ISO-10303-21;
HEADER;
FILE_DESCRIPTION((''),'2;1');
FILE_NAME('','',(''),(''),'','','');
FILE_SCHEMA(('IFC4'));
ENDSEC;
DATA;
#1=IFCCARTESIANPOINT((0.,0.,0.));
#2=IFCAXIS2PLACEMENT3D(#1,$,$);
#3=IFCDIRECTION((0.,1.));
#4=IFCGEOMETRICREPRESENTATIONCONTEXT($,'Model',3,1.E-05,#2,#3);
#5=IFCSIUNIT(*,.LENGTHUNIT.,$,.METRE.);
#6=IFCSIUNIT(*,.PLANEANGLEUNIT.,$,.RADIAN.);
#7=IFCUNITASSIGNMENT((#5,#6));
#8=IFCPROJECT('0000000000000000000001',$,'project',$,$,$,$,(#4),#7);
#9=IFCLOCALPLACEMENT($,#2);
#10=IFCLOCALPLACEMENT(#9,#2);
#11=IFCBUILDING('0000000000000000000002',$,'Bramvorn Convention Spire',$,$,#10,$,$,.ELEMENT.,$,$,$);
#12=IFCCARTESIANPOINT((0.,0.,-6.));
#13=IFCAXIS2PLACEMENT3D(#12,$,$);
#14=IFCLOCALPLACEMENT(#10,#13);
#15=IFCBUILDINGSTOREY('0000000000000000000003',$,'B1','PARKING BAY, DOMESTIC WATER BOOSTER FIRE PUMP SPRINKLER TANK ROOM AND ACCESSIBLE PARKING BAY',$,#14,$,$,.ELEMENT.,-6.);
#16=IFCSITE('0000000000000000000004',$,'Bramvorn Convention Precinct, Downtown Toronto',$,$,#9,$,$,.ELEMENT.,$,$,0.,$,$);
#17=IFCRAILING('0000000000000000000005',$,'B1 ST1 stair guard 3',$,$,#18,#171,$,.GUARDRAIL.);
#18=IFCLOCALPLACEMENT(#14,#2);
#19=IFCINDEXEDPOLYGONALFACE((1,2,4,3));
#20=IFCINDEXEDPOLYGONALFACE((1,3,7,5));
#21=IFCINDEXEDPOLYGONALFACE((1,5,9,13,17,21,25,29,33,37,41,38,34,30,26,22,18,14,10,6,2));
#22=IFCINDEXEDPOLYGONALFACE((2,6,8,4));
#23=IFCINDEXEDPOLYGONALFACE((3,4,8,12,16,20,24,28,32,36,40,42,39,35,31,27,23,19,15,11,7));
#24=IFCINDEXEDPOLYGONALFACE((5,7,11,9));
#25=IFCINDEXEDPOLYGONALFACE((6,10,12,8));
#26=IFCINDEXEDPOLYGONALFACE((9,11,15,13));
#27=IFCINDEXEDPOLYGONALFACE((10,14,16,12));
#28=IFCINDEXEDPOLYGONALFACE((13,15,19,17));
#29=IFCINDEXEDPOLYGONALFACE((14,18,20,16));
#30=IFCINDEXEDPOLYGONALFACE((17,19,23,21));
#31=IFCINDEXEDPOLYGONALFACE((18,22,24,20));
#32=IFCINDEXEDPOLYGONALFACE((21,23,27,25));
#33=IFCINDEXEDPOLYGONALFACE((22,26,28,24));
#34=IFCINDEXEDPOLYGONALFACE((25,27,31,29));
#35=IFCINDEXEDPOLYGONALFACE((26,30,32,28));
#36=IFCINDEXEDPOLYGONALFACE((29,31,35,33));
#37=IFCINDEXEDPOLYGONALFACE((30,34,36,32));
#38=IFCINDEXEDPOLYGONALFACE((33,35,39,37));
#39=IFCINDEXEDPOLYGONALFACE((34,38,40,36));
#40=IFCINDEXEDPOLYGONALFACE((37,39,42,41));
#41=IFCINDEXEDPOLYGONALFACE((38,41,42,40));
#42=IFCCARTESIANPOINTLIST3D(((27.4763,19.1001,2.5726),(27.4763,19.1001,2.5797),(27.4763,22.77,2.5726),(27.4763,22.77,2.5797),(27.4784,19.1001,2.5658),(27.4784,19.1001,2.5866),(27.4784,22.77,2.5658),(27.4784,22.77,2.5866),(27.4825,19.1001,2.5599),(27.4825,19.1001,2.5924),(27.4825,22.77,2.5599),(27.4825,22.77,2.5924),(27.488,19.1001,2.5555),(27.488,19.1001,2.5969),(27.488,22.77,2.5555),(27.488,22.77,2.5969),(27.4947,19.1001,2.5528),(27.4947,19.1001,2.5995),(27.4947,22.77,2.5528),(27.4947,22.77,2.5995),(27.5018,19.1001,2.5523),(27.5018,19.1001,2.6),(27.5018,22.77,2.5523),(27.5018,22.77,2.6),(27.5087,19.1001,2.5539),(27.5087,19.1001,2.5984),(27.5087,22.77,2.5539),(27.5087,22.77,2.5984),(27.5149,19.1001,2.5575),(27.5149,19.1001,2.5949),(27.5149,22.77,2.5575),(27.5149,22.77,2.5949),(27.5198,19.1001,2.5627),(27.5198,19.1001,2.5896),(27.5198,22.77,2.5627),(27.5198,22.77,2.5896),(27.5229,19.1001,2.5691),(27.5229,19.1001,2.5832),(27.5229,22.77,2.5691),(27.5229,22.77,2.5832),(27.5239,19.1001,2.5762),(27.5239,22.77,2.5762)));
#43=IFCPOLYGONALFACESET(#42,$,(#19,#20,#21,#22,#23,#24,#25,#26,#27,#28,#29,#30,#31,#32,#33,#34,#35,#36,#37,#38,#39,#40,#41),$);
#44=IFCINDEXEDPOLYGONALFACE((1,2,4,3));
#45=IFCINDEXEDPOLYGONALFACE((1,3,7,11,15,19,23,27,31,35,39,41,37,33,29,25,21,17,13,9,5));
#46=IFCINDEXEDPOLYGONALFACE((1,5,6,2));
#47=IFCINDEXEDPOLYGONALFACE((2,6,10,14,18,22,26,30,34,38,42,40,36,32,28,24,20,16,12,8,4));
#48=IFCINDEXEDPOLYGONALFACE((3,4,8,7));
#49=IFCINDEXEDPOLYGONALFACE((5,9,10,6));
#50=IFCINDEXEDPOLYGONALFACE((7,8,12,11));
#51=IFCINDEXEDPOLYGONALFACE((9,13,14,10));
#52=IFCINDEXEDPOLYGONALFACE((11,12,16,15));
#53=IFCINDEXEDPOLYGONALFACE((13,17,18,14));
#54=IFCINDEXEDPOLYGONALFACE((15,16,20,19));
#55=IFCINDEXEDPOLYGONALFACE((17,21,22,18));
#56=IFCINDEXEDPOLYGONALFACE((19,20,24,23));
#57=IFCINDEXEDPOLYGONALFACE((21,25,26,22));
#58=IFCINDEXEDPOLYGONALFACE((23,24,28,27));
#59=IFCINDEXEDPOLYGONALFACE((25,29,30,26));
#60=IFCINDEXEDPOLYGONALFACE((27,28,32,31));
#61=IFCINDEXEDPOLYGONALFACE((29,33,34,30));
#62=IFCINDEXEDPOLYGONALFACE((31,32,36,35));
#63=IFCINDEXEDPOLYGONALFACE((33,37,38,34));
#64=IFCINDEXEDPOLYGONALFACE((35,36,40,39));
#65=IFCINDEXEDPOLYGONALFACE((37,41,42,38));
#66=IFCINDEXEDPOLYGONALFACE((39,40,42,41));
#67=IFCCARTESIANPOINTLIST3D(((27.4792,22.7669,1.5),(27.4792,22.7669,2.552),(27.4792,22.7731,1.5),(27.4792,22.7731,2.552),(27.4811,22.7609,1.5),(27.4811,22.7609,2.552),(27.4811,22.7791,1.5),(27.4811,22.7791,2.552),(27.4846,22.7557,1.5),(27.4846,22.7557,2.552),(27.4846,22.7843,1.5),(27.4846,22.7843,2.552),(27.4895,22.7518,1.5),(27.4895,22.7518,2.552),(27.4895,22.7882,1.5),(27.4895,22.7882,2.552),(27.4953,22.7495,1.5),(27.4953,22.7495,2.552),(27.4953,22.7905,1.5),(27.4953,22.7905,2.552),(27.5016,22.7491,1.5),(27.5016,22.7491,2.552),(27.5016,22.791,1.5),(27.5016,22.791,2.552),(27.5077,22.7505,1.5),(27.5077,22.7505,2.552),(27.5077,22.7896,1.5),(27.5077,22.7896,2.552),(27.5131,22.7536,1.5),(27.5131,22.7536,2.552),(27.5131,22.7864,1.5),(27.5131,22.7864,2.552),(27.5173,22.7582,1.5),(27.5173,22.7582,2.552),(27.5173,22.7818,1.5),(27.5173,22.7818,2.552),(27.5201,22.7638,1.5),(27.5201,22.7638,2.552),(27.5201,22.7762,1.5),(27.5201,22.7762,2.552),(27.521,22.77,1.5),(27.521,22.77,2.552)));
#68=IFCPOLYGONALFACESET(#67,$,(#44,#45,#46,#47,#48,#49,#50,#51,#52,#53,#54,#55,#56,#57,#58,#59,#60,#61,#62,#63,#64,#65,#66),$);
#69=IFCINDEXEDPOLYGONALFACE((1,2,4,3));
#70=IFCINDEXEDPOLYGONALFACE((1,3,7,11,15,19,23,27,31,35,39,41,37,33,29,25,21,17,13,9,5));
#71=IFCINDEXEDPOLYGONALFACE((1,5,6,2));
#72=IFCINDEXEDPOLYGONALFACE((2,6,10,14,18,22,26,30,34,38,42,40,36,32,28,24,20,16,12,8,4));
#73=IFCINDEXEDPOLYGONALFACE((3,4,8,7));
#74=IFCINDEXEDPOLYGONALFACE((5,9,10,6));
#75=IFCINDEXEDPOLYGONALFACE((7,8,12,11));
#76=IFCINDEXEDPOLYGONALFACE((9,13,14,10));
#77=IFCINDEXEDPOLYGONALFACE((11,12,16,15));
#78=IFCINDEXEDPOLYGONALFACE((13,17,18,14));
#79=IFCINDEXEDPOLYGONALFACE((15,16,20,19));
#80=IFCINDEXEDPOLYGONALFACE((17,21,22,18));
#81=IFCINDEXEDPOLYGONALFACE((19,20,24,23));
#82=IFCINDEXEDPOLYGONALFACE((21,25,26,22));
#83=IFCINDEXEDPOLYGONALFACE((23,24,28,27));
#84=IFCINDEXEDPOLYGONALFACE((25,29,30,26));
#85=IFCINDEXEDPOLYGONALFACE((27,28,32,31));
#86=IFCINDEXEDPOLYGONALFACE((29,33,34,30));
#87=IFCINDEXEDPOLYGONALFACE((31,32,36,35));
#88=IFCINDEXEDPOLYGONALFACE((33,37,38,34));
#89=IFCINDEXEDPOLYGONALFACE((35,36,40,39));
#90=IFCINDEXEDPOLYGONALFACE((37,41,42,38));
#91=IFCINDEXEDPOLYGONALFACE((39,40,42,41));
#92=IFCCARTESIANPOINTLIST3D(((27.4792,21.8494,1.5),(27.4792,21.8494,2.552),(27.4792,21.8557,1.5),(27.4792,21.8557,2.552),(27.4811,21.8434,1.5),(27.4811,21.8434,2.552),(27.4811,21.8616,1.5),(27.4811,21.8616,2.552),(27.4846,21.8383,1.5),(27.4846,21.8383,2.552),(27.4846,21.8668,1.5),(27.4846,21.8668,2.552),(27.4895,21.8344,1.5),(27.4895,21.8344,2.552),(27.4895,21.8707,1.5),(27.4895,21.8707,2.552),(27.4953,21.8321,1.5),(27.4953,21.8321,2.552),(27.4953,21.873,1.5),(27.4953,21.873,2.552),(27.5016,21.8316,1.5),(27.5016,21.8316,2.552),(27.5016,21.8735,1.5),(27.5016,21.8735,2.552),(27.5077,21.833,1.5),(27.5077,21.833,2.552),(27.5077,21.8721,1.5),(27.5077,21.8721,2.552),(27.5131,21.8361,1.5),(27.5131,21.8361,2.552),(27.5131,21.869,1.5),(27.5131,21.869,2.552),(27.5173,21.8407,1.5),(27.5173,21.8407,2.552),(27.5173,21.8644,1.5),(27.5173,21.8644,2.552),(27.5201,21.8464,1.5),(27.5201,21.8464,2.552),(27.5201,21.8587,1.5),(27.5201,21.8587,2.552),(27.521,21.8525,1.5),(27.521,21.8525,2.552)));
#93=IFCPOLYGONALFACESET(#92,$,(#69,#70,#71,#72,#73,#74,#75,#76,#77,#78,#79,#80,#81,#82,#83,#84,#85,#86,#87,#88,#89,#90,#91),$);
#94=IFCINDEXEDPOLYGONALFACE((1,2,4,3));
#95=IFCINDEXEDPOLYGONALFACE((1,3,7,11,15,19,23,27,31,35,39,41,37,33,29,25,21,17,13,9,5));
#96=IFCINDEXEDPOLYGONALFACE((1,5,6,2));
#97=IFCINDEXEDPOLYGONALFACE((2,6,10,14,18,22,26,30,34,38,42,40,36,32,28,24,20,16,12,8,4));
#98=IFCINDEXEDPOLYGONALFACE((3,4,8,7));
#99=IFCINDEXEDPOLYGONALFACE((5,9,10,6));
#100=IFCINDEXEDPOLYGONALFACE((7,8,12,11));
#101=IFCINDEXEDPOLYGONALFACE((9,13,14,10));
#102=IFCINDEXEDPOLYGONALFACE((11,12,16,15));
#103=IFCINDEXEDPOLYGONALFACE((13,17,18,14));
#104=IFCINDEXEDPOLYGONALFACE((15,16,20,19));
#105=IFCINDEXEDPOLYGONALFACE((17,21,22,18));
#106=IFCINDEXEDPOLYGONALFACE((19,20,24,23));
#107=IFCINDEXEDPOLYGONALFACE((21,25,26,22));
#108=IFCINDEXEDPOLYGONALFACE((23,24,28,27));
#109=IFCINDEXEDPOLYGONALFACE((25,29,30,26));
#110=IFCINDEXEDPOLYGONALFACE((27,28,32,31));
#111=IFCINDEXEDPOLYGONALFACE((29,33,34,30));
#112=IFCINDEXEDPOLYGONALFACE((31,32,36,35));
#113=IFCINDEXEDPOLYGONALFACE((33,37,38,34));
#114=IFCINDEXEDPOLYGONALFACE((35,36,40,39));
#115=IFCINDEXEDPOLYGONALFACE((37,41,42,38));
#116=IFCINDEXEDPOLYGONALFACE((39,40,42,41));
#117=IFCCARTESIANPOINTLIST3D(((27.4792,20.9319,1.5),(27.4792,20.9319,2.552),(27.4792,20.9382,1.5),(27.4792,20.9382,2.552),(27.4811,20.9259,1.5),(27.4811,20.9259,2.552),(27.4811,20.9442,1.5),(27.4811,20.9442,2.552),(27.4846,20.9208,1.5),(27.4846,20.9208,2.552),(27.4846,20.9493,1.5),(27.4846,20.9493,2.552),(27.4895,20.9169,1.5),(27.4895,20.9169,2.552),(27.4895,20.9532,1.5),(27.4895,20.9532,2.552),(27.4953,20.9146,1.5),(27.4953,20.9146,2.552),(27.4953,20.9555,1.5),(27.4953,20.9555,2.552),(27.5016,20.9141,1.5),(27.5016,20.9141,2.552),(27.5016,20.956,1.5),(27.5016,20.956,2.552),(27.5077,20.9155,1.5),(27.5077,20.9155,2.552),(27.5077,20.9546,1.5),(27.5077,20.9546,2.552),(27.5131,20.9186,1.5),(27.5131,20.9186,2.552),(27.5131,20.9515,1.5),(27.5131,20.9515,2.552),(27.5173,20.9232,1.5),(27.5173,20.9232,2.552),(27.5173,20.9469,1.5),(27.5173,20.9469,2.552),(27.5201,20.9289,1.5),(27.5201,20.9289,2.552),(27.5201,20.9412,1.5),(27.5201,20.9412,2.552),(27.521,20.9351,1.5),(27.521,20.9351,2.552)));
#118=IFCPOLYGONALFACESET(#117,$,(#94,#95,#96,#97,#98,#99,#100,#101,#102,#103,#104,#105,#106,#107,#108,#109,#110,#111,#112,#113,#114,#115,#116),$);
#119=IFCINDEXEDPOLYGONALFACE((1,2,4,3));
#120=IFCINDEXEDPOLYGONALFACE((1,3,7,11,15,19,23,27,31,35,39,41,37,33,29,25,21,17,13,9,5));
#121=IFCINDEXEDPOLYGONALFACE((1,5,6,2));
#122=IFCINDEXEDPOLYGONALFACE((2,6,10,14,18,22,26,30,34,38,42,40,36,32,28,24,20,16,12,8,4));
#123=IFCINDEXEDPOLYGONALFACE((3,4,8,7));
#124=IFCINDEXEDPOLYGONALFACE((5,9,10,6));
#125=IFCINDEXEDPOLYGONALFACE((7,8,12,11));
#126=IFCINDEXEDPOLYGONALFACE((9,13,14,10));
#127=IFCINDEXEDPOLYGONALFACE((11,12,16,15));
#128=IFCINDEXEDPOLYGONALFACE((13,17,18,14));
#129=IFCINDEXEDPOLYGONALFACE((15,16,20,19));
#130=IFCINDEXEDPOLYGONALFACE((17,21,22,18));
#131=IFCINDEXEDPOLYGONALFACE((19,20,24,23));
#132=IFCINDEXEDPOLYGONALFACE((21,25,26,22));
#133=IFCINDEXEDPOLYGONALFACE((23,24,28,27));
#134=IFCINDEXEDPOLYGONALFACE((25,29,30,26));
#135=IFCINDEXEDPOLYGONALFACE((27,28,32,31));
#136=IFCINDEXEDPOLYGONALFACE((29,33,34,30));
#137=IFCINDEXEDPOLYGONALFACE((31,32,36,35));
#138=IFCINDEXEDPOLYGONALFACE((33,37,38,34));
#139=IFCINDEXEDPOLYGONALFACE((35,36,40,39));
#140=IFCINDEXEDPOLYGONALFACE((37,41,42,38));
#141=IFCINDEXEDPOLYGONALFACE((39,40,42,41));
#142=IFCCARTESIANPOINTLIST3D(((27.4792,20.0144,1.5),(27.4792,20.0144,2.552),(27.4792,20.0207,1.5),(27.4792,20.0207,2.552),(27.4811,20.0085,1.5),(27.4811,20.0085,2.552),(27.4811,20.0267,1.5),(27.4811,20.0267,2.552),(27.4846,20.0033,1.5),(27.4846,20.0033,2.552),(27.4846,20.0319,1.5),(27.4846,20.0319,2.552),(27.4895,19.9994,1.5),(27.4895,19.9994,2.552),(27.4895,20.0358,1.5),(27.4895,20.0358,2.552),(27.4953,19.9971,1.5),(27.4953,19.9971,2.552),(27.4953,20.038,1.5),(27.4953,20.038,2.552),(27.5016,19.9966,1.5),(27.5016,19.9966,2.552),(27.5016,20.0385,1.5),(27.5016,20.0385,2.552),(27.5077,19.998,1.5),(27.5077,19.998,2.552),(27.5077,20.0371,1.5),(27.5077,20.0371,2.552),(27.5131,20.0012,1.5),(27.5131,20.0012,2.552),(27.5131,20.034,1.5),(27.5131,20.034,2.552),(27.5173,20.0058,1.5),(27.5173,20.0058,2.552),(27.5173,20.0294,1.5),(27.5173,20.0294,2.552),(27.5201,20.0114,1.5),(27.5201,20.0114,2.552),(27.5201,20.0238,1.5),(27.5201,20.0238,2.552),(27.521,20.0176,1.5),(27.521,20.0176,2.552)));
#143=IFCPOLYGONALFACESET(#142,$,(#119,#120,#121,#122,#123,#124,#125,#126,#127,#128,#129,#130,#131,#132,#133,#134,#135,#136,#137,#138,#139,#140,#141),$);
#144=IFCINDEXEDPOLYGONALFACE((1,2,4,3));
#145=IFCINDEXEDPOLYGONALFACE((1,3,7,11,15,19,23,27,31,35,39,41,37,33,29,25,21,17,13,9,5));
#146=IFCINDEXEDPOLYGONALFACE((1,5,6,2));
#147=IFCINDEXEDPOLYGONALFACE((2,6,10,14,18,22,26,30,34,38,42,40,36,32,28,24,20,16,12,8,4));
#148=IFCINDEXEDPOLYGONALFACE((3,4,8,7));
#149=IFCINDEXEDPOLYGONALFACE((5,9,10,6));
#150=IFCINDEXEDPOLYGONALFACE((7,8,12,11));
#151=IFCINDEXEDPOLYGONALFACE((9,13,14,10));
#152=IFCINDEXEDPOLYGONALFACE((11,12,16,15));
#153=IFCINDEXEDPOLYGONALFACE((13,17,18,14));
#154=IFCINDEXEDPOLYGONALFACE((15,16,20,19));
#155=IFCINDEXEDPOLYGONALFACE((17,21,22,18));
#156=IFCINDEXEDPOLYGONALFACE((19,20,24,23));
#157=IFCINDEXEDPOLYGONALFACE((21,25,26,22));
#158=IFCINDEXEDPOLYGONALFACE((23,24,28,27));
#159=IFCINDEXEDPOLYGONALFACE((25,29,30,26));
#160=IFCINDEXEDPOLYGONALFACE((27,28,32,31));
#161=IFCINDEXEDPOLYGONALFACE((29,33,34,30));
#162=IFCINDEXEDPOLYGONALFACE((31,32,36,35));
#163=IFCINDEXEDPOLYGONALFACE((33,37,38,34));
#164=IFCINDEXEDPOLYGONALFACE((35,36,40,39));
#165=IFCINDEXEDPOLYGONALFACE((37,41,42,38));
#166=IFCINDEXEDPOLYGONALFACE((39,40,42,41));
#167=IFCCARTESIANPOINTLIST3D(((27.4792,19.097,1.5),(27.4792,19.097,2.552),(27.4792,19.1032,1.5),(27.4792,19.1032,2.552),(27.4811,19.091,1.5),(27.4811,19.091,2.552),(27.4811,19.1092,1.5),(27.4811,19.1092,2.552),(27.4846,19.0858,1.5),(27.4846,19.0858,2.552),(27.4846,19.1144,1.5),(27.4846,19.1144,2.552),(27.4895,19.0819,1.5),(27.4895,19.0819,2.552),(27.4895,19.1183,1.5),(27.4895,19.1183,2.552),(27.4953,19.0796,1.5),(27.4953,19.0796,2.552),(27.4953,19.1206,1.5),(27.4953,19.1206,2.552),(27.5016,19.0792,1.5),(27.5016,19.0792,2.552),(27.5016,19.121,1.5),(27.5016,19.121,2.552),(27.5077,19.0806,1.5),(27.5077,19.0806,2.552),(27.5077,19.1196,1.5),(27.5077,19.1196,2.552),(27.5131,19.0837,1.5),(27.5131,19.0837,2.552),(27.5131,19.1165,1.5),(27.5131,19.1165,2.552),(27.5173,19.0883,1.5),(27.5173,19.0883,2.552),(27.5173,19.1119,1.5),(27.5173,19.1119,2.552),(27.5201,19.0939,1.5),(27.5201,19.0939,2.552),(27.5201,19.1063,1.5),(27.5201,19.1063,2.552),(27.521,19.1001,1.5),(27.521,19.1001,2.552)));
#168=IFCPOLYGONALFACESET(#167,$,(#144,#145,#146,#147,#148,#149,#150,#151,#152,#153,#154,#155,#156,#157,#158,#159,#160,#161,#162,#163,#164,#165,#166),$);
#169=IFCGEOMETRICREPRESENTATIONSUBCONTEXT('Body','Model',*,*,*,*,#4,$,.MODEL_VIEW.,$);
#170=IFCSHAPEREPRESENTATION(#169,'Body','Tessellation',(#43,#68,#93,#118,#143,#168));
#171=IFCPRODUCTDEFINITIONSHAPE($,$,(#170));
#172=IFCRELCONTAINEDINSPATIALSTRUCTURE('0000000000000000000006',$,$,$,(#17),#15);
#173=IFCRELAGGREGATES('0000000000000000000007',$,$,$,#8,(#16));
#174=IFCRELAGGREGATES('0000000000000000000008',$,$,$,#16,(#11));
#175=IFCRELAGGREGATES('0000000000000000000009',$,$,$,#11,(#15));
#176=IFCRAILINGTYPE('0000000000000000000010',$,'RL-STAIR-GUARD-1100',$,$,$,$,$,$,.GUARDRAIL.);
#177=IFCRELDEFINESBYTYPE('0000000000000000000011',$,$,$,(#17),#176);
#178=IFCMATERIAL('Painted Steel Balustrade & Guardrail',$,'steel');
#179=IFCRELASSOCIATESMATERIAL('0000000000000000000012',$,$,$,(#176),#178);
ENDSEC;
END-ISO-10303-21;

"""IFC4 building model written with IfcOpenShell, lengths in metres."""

from ifc_helpers import new_model, si_unit, direction, frame, origin, origin_2d, place, context, subcontext, project, spatial, circle, extrude, material, type_object, element, save


model = new_model("IFC4")

# Units and contexts
model_context = context("Model", 3, precision=1e-05, world=origin(), true_north=direction((0.0, 1.0)))
body_context = subcontext(model_context, "Body", "Model", "MODEL_VIEW")
ifc_project = project(units=[si_unit("LENGTHUNIT", "METRE"), si_unit("PLANEANGLEUNIT", "RADIAN")], contexts=[model_context])

# Site, building, storey
site_placement = place(None, origin())
site = spatial("IfcSite", under=ifc_project, at=site_placement, Name="Bramvorn Convention Precinct, Downtown Toronto", CompositionType="ELEMENT", RefElevation=0.0)
building_placement = place(site_placement, origin())
building = spatial("IfcBuilding", under=site, at=building_placement, Name="Bramvorn Convention Spire", CompositionType="ELEMENT")
storey_placement = place(building_placement, frame((0.0, 0.0, -6.0)))
storey = spatial("IfcBuildingStorey", under=building, at=storey_placement, Name="B1", Description="PARKING BAY, DOMESTIC WATER BOOSTER FIRE PUMP SPRINKLER TANK ROOM AND ACCESSIBLE PARKING BAY", CompositionType="ELEMENT", Elevation=-6.0)

# Railing
ifc_material_1 = material(Name="Painted Steel Balustrade & Guardrail", Category="steel")
railing_type_1 = type_object("IfcRailingType", Name="RL-STAIR-GUARD-1100", PredefinedType="GUARDRAIL", material=ifc_material_1)
for number, where, name in (
    (1, (27.5, 22.77, 1.5), "B1 ST1 stair guard 3"),
):
    element("IfcRailing", number, at=place(storey_placement, frame(where)), inside=storey, type_object=railing_type_1, Name=name, PredefinedType="GUARDRAIL", context=body_context, shape_type="SweptSolid", body=[
        extrude(circle(Radius=0.0239, at=origin_2d()), frame((0.0, 0.0, 1.0762), z_axis=(0.0, -1.0, 0.0), x_axis=(1.0, 0.0, 0.0)), (0.0, 0.0, 1.0), 3.6699),
        extrude(circle(Radius=0.021, at=origin_2d()), origin(), (0.0, 0.0, 1.0), 1.052),
        extrude(circle(Radius=0.021, at=origin_2d()), frame((0.0, -0.9175, 0.0)), (0.0, 0.0, 1.0), 1.052),
        extrude(circle(Radius=0.021, at=origin_2d()), frame((0.0, -1.835, 0.0)), (0.0, 0.0, 1.0), 1.052),
        extrude(circle(Radius=0.021, at=origin_2d()), frame((0.0, -2.7524, 0.0)), (0.0, 0.0, 1.0), 1.052),
        extrude(circle(Radius=0.021, at=origin_2d()), frame((0.0, -3.6699, 0.0)), (0.0, 0.0, 1.0), 1.052),
    ])

save(model, "model.ifc")
